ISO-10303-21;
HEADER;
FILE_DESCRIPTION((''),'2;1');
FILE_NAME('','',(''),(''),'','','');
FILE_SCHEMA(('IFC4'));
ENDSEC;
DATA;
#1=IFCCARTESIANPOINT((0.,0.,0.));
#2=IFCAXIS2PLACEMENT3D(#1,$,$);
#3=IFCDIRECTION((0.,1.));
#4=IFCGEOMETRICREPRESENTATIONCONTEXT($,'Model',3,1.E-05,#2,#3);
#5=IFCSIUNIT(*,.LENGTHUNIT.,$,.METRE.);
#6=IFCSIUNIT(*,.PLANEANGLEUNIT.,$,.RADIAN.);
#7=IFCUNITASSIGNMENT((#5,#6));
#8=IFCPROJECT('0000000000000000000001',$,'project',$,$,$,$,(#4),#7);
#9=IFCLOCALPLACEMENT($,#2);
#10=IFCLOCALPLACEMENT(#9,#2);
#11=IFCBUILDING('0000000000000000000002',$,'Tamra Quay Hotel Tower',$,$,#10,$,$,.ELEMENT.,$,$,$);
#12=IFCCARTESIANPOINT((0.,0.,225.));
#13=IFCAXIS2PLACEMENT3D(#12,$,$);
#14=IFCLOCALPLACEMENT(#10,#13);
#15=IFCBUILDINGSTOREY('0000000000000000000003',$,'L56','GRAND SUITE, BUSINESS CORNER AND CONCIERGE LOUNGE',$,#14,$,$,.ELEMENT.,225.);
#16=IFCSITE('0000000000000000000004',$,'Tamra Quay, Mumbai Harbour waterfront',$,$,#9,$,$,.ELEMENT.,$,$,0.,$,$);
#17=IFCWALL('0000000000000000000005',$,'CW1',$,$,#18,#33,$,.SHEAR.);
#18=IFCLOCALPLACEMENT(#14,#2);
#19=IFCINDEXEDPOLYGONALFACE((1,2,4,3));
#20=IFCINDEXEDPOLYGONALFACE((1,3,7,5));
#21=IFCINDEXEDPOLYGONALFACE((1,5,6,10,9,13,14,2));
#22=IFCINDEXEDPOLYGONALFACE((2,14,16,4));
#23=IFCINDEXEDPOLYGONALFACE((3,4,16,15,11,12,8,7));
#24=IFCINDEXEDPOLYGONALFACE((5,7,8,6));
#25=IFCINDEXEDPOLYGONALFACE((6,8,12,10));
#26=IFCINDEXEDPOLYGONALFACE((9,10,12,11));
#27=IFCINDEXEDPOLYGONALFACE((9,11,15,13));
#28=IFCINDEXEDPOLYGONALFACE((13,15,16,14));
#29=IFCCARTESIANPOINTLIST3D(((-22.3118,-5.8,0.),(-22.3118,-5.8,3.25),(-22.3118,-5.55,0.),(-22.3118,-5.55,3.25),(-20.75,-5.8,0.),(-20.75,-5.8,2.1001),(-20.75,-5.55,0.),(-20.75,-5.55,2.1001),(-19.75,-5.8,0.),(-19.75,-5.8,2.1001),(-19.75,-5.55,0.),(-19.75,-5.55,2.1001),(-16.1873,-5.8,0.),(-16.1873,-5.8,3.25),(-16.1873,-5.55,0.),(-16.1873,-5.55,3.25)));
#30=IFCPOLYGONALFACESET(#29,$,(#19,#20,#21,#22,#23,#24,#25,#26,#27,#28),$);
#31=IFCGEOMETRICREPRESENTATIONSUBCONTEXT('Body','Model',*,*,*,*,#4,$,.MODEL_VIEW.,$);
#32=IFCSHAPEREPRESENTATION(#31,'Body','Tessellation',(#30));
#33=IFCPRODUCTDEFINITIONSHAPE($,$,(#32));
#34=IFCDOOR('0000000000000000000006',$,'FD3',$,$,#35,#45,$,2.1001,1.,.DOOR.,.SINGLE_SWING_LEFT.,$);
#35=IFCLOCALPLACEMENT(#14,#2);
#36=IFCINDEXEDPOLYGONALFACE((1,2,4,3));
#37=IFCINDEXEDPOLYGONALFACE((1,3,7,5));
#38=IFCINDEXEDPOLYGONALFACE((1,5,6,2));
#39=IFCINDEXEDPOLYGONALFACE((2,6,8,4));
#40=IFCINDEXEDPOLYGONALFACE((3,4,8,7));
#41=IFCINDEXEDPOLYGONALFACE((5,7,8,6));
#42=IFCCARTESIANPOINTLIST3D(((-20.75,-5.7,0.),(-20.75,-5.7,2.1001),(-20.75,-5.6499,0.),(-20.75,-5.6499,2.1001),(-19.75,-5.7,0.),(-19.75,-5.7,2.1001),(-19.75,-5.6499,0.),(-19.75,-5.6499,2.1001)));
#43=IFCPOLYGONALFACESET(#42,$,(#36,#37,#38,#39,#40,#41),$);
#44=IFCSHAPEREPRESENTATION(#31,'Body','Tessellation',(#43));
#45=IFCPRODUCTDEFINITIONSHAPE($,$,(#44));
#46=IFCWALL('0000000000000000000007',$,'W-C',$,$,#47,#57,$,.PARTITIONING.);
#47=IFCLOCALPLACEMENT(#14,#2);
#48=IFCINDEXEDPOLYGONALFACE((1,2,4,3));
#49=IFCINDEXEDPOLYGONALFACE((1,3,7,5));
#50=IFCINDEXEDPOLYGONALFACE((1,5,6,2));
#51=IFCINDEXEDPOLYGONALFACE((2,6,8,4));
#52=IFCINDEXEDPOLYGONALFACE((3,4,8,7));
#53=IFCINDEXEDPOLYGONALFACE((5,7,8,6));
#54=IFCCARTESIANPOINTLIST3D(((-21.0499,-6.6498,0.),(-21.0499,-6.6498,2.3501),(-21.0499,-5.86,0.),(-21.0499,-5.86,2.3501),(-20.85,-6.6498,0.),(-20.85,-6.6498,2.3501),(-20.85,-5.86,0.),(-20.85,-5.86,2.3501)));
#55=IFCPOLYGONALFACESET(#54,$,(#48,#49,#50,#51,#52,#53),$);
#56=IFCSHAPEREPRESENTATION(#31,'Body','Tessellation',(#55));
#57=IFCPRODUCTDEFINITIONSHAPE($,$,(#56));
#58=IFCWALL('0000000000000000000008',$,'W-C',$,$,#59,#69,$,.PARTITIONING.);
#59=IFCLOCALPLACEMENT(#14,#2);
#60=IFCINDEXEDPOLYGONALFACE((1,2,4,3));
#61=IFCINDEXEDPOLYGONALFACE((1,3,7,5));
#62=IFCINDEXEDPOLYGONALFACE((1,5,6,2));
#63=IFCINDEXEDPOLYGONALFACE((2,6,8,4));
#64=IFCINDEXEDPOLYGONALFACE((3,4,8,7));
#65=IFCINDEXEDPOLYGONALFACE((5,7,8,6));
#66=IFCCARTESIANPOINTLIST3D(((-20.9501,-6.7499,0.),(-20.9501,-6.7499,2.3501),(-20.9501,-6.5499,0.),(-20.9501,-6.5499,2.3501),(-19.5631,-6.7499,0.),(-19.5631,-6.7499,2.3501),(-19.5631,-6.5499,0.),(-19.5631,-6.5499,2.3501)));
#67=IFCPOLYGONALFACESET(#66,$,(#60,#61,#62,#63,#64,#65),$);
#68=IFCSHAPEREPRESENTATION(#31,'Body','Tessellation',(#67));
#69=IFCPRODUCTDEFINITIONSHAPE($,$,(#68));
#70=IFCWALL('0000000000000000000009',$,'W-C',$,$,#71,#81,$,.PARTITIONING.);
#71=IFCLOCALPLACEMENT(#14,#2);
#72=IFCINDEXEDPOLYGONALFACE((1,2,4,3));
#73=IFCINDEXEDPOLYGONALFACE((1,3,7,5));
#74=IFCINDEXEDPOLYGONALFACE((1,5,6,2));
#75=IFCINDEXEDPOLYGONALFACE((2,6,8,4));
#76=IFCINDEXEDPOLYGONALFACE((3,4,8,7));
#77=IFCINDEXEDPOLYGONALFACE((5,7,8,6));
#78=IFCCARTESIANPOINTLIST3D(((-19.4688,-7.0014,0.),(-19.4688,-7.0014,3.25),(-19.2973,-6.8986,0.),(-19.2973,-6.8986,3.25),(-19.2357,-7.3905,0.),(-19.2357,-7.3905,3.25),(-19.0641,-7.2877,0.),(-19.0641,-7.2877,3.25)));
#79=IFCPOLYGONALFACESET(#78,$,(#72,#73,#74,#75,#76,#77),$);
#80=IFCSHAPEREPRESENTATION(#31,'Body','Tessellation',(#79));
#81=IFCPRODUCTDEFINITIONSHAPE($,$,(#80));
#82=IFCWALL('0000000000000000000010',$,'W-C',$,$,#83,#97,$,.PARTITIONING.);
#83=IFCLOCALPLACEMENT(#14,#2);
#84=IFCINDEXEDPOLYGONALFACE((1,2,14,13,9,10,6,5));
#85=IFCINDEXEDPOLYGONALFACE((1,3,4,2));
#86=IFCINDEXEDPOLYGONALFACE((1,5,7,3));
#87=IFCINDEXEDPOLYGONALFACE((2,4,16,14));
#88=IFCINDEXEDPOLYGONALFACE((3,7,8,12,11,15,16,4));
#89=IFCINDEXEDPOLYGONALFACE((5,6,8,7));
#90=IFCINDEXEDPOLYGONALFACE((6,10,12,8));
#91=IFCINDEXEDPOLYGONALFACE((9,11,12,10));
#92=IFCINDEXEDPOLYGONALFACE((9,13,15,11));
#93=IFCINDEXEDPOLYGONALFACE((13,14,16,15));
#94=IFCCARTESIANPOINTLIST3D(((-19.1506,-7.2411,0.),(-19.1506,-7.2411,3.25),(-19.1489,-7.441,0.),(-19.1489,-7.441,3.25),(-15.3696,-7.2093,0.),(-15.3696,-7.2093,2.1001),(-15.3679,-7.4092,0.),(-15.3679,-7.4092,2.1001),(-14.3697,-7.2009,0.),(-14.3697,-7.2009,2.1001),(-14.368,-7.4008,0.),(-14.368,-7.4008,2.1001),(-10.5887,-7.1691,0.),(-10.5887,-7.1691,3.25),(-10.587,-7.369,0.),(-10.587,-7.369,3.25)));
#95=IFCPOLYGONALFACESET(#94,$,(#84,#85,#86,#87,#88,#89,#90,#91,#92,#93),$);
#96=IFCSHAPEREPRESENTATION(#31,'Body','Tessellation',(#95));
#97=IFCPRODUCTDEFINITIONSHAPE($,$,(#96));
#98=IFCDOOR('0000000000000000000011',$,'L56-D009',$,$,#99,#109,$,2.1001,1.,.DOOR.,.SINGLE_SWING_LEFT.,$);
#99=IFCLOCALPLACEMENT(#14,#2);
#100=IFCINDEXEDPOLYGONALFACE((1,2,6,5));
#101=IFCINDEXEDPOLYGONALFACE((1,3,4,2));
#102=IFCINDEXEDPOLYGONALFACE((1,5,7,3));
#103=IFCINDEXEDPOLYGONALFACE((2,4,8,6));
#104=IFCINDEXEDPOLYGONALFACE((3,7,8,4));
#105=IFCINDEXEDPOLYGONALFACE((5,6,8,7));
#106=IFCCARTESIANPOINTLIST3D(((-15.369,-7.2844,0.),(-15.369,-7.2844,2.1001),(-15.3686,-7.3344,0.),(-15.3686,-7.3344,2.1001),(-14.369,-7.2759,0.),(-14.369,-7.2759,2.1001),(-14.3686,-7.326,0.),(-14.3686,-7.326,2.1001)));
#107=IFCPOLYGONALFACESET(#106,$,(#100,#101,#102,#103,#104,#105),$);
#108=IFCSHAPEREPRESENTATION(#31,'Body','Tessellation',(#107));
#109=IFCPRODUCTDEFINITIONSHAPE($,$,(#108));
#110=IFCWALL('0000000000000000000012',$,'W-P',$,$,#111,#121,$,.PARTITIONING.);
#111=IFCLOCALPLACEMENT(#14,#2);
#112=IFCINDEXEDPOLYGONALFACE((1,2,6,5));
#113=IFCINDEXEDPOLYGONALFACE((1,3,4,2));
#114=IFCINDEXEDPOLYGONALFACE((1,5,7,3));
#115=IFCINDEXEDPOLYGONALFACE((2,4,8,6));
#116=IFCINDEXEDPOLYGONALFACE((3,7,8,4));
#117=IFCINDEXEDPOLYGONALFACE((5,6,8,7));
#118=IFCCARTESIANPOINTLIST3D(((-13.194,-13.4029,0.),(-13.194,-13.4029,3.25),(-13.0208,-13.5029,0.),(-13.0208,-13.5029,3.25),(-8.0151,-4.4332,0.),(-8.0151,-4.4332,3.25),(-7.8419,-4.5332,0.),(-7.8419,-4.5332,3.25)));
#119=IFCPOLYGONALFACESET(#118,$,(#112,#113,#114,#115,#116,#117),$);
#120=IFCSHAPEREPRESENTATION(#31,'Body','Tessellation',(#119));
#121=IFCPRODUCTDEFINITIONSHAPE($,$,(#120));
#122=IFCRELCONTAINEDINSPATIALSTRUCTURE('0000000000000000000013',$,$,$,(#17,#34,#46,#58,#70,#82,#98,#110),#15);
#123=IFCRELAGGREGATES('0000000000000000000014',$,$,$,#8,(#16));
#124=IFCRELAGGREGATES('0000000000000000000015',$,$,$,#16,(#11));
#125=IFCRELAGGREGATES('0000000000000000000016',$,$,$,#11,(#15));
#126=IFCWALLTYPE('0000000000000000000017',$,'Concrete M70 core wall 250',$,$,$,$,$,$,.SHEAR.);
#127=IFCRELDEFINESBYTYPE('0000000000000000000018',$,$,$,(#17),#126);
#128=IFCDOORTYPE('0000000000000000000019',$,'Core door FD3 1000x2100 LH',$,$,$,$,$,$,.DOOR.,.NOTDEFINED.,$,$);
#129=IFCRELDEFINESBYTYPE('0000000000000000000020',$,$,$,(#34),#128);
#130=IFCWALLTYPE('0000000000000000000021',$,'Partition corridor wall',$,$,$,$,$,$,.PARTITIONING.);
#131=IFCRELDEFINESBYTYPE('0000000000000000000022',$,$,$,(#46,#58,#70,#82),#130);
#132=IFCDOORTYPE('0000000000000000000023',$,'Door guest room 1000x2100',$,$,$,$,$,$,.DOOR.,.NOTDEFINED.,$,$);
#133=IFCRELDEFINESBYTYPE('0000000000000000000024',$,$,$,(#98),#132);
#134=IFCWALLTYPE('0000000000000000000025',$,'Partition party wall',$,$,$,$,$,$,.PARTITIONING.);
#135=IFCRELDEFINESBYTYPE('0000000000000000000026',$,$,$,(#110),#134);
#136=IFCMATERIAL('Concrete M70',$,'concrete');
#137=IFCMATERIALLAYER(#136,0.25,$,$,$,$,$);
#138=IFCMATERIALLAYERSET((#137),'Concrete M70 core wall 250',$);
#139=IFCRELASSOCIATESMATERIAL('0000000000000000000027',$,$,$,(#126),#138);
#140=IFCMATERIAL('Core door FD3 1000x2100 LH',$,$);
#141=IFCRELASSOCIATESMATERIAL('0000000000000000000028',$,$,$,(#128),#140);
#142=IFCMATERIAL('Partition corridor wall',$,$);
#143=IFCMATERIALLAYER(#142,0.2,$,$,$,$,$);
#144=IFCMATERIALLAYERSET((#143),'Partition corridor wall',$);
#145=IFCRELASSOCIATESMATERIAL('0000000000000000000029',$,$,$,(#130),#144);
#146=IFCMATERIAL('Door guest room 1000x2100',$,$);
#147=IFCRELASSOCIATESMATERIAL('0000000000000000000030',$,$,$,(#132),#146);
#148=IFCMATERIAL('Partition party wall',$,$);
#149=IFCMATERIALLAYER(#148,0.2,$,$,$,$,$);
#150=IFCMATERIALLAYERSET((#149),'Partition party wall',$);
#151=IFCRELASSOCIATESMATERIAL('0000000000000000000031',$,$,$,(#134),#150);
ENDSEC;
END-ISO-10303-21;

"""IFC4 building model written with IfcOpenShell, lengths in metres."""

from ifc_helpers import new_model, si_unit, direction, frame, frame_2d, origin, place, context, subcontext, project, spatial, rectangle, extrude, material, layer, layer_set, type_object, element, fill, save


model = new_model("IFC4")

# Units and contexts
model_context = context("Model", 3, precision=1e-05, world=origin(), true_north=direction((0.0, 1.0)))
body_context = subcontext(model_context, "Body", "Model", "MODEL_VIEW")
ifc_project = project(units=[si_unit("LENGTHUNIT", "METRE"), si_unit("PLANEANGLEUNIT", "RADIAN")], contexts=[model_context])

# Site, building, storey
site_placement = place(None, origin())
site = spatial("IfcSite", under=ifc_project, at=site_placement, Name="Tamra Quay, Mumbai Harbour waterfront", CompositionType="ELEMENT", RefElevation=0.0)
building_placement = place(site_placement, origin())
building = spatial("IfcBuilding", under=site, at=building_placement, Name="Tamra Quay Hotel Tower", CompositionType="ELEMENT")
storey_placement = place(building_placement, frame((0.0, 0.0, 225.0)))
storey = spatial("IfcBuildingStorey", under=building, at=storey_placement, Name="L56", Description="GRAND SUITE, BUSINESS CORNER AND CONCIERGE LOUNGE", CompositionType="ELEMENT", Elevation=225.0)

# Shared definitions
ifc_material_1 = material(Name="Concrete M70", Category="concrete")

# Shared definitions
ifc_layer_1 = layer(ifc_material_1, 0.25)
ifc_layer_set_1 = layer_set([ifc_layer_1], Name="Concrete M70 core wall 250")
wall_type_1 = type_object("IfcWallType", Name="Concrete M70 core wall 250", PredefinedType="SHEAR", material=ifc_layer_set_1)

# Wall, opening, door
wall_1_placement = place(storey_placement, frame((-16.1873, -5.675, 0.0), z_axis=(0.0, 0.0, 1.0), x_axis=(-1.0, 0.0, 0.0)))
wall_1 = element("IfcWall", 1, at=wall_1_placement, inside=storey, type_object=wall_type_1, Name="CW1", PredefinedType="SHEAR", context=body_context, shape_type="SweptSolid", body=[
    extrude(rectangle(XDim=6.1245, YDim=0.25, at=frame_2d((3.0623, 0.0))), origin(), (0.0, 0.0, 1.0), 3.25),
])
opening_1_placement = place(wall_1_placement, frame((3.5627, 0.0, 0.0)))
opening_1 = element("IfcOpeningElement", 2, at=opening_1_placement, cuts=wall_1, PredefinedType="OPENING", context=body_context, shape_type="SweptSolid", body=[
    extrude(rectangle(XDim=1.0, YDim=2.1001, at=frame_2d((0.5, 1.05))), frame((0.0, 0.135, 0.0), z_axis=(0.0, -1.0, 0.0), x_axis=(1.0, 0.0, 0.0)), (0.0, 0.0, 1.0), 0.27),
])
ifc_material_2 = material(Name="Core door FD3 1000x2100 LH")
door_type_1 = type_object("IfcDoorType", Name="Core door FD3 1000x2100 LH", OperationType="NOTDEFINED", PredefinedType="DOOR", material=ifc_material_2)
door_1_placement = place(opening_1_placement, origin())
door_1 = element("IfcDoor", 3, at=door_1_placement, inside=storey, type_object=door_type_1, Name="FD3", OperationType="SINGLE_SWING_LEFT", OverallHeight=2.1001, OverallWidth=1.0, PredefinedType="DOOR", context=body_context, shape_type="SweptSolid", body=[
    extrude(rectangle(XDim=1.0, YDim=2.1001, at=frame_2d((0.5, 1.05))), frame((0.0, 0.0249, 0.0), z_axis=(0.0, -1.0, 0.0), x_axis=(1.0, 0.0, 0.0)), (0.0, 0.0, 1.0), 0.05),
])
fill(opening_1, door_1)

# Walls
ifc_material_3 = material(Name="Partition corridor wall")
ifc_layer_2 = layer(ifc_material_3, 0.2)
ifc_layer_set_2 = layer_set([ifc_layer_2], Name="Partition corridor wall")
wall_type_2 = type_object("IfcWallType", Name="Partition corridor wall", PredefinedType="PARTITIONING", material=ifc_layer_set_2)
wall_2_placement = place(storey_placement, frame((-20.95, -6.6499, 0.0), z_axis=(0.0, 0.0, 1.0), x_axis=(0.0, 1.0, 0.0)))
element("IfcWall", 4, at=wall_2_placement, inside=storey, type_object=wall_type_2, Name="W-C", PredefinedType="PARTITIONING", context=body_context, shape_type="SweptSolid", body=[
    extrude(rectangle(XDim=0.7898, YDim=0.2, at=frame_2d((0.395, 0.0))), origin(), (0.0, 0.0, 1.0), 2.3501),
])
wall_3_placement = place(storey_placement, frame((-20.95, -6.6499, 0.0), z_axis=(0.0, 0.0, 1.0), x_axis=(1.0, 0.0, 0.0)))
element("IfcWall", 5, at=wall_3_placement, inside=storey, type_object=wall_type_2, Name="W-C", PredefinedType="PARTITIONING", context=body_context, shape_type="SweptSolid", body=[
    extrude(rectangle(XDim=1.387, YDim=0.2, at=frame_2d((0.6934, 0.0))), origin(), (0.0, 0.0, 1.0), 2.3501),
])
wall_4_placement = place(storey_placement, frame((-19.1499, -7.3391, 0.0), z_axis=(0.0, 0.0, 1.0), x_axis=(-0.513942, 0.857825, 0.0)))
element("IfcWall", 6, at=wall_4_placement, inside=storey, type_object=wall_type_2, Name="W-C", PredefinedType="PARTITIONING", context=body_context, shape_type="SweptSolid", body=[
    extrude(rectangle(XDim=0.4536, YDim=0.2, at=frame_2d((0.2268, 0.0))), origin(), (0.0, 0.0, 1.0), 3.25),
])

# Wall, opening, door
wall_5_placement = place(storey_placement, frame((-19.1499, -7.3411, 0.0), z_axis=(0.0, 0.0, 1.0), x_axis=(0.999965, 0.008411, 0.0)))
wall_5 = element("IfcWall", 7, at=wall_5_placement, inside=storey, type_object=wall_type_2, Name="W-C", PredefinedType="PARTITIONING", context=body_context, shape_type="SweptSolid", body=[
    extrude(rectangle(XDim=8.5623, YDim=0.2, at=frame_2d((4.2812, 0.0))), origin(), (0.0, 0.0, 1.0), 3.25),
])
opening_2_placement = place(wall_5_placement, frame((3.7812, 0.0, 0.0)))
opening_2 = element("IfcOpeningElement", 8, at=opening_2_placement, cuts=wall_5, PredefinedType="OPENING", context=body_context, shape_type="SweptSolid", body=[
    extrude(rectangle(XDim=1.0, YDim=2.1001, at=frame_2d((0.5, 1.05))), frame((0.0, 0.1099, 0.0), z_axis=(0.0, -1.0, 0.0), x_axis=(1.0, 0.0, 0.0)), (0.0, 0.0, 1.0), 0.22),
])
ifc_material_4 = material(Name="Door guest room 1000x2100")
door_type_2 = type_object("IfcDoorType", Name="Door guest room 1000x2100", OperationType="NOTDEFINED", PredefinedType="DOOR", material=ifc_material_4)
door_2_placement = place(opening_2_placement, origin())
door_2 = element("IfcDoor", 9, at=door_2_placement, inside=storey, type_object=door_type_2, Name="L56-D009", OperationType="SINGLE_SWING_LEFT", OverallHeight=2.1001, OverallWidth=1.0, PredefinedType="DOOR", context=body_context, shape_type="SweptSolid", body=[
    extrude(rectangle(XDim=1.0, YDim=2.1001, at=frame_2d((0.5, 1.05))), frame((0.0, 0.0249, 0.0), z_axis=(0.0, -1.0, 0.0), x_axis=(1.0, 0.0, 0.0)), (0.0, 0.0, 1.0), 0.05),
])
fill(opening_2, door_2)

# Wall
ifc_material_5 = material(Name="Partition party wall")
ifc_layer_3 = layer(ifc_material_5, 0.2)
ifc_layer_set_3 = layer_set([ifc_layer_3], Name="Partition party wall")
wall_type_3 = type_object("IfcWallType", Name="Partition party wall", PredefinedType="PARTITIONING", material=ifc_layer_set_3)
wall_6_placement = place(storey_placement, frame((-13.1074, -13.4529, 0.0), z_axis=(0.0, 0.0, 1.0), x_axis=(0.50002, 0.866014, 0.0)))
element("IfcWall", 10, at=wall_6_placement, inside=storey, type_object=wall_type_3, Name="W-P", PredefinedType="PARTITIONING", context=body_context, shape_type="SweptSolid", body=[
    extrude(rectangle(XDim=10.3574, YDim=0.2, at=frame_2d((5.1787, 0.0))), origin(), (0.0, 0.0, 1.0), 3.25),
])

save(model, "model.ifc")
